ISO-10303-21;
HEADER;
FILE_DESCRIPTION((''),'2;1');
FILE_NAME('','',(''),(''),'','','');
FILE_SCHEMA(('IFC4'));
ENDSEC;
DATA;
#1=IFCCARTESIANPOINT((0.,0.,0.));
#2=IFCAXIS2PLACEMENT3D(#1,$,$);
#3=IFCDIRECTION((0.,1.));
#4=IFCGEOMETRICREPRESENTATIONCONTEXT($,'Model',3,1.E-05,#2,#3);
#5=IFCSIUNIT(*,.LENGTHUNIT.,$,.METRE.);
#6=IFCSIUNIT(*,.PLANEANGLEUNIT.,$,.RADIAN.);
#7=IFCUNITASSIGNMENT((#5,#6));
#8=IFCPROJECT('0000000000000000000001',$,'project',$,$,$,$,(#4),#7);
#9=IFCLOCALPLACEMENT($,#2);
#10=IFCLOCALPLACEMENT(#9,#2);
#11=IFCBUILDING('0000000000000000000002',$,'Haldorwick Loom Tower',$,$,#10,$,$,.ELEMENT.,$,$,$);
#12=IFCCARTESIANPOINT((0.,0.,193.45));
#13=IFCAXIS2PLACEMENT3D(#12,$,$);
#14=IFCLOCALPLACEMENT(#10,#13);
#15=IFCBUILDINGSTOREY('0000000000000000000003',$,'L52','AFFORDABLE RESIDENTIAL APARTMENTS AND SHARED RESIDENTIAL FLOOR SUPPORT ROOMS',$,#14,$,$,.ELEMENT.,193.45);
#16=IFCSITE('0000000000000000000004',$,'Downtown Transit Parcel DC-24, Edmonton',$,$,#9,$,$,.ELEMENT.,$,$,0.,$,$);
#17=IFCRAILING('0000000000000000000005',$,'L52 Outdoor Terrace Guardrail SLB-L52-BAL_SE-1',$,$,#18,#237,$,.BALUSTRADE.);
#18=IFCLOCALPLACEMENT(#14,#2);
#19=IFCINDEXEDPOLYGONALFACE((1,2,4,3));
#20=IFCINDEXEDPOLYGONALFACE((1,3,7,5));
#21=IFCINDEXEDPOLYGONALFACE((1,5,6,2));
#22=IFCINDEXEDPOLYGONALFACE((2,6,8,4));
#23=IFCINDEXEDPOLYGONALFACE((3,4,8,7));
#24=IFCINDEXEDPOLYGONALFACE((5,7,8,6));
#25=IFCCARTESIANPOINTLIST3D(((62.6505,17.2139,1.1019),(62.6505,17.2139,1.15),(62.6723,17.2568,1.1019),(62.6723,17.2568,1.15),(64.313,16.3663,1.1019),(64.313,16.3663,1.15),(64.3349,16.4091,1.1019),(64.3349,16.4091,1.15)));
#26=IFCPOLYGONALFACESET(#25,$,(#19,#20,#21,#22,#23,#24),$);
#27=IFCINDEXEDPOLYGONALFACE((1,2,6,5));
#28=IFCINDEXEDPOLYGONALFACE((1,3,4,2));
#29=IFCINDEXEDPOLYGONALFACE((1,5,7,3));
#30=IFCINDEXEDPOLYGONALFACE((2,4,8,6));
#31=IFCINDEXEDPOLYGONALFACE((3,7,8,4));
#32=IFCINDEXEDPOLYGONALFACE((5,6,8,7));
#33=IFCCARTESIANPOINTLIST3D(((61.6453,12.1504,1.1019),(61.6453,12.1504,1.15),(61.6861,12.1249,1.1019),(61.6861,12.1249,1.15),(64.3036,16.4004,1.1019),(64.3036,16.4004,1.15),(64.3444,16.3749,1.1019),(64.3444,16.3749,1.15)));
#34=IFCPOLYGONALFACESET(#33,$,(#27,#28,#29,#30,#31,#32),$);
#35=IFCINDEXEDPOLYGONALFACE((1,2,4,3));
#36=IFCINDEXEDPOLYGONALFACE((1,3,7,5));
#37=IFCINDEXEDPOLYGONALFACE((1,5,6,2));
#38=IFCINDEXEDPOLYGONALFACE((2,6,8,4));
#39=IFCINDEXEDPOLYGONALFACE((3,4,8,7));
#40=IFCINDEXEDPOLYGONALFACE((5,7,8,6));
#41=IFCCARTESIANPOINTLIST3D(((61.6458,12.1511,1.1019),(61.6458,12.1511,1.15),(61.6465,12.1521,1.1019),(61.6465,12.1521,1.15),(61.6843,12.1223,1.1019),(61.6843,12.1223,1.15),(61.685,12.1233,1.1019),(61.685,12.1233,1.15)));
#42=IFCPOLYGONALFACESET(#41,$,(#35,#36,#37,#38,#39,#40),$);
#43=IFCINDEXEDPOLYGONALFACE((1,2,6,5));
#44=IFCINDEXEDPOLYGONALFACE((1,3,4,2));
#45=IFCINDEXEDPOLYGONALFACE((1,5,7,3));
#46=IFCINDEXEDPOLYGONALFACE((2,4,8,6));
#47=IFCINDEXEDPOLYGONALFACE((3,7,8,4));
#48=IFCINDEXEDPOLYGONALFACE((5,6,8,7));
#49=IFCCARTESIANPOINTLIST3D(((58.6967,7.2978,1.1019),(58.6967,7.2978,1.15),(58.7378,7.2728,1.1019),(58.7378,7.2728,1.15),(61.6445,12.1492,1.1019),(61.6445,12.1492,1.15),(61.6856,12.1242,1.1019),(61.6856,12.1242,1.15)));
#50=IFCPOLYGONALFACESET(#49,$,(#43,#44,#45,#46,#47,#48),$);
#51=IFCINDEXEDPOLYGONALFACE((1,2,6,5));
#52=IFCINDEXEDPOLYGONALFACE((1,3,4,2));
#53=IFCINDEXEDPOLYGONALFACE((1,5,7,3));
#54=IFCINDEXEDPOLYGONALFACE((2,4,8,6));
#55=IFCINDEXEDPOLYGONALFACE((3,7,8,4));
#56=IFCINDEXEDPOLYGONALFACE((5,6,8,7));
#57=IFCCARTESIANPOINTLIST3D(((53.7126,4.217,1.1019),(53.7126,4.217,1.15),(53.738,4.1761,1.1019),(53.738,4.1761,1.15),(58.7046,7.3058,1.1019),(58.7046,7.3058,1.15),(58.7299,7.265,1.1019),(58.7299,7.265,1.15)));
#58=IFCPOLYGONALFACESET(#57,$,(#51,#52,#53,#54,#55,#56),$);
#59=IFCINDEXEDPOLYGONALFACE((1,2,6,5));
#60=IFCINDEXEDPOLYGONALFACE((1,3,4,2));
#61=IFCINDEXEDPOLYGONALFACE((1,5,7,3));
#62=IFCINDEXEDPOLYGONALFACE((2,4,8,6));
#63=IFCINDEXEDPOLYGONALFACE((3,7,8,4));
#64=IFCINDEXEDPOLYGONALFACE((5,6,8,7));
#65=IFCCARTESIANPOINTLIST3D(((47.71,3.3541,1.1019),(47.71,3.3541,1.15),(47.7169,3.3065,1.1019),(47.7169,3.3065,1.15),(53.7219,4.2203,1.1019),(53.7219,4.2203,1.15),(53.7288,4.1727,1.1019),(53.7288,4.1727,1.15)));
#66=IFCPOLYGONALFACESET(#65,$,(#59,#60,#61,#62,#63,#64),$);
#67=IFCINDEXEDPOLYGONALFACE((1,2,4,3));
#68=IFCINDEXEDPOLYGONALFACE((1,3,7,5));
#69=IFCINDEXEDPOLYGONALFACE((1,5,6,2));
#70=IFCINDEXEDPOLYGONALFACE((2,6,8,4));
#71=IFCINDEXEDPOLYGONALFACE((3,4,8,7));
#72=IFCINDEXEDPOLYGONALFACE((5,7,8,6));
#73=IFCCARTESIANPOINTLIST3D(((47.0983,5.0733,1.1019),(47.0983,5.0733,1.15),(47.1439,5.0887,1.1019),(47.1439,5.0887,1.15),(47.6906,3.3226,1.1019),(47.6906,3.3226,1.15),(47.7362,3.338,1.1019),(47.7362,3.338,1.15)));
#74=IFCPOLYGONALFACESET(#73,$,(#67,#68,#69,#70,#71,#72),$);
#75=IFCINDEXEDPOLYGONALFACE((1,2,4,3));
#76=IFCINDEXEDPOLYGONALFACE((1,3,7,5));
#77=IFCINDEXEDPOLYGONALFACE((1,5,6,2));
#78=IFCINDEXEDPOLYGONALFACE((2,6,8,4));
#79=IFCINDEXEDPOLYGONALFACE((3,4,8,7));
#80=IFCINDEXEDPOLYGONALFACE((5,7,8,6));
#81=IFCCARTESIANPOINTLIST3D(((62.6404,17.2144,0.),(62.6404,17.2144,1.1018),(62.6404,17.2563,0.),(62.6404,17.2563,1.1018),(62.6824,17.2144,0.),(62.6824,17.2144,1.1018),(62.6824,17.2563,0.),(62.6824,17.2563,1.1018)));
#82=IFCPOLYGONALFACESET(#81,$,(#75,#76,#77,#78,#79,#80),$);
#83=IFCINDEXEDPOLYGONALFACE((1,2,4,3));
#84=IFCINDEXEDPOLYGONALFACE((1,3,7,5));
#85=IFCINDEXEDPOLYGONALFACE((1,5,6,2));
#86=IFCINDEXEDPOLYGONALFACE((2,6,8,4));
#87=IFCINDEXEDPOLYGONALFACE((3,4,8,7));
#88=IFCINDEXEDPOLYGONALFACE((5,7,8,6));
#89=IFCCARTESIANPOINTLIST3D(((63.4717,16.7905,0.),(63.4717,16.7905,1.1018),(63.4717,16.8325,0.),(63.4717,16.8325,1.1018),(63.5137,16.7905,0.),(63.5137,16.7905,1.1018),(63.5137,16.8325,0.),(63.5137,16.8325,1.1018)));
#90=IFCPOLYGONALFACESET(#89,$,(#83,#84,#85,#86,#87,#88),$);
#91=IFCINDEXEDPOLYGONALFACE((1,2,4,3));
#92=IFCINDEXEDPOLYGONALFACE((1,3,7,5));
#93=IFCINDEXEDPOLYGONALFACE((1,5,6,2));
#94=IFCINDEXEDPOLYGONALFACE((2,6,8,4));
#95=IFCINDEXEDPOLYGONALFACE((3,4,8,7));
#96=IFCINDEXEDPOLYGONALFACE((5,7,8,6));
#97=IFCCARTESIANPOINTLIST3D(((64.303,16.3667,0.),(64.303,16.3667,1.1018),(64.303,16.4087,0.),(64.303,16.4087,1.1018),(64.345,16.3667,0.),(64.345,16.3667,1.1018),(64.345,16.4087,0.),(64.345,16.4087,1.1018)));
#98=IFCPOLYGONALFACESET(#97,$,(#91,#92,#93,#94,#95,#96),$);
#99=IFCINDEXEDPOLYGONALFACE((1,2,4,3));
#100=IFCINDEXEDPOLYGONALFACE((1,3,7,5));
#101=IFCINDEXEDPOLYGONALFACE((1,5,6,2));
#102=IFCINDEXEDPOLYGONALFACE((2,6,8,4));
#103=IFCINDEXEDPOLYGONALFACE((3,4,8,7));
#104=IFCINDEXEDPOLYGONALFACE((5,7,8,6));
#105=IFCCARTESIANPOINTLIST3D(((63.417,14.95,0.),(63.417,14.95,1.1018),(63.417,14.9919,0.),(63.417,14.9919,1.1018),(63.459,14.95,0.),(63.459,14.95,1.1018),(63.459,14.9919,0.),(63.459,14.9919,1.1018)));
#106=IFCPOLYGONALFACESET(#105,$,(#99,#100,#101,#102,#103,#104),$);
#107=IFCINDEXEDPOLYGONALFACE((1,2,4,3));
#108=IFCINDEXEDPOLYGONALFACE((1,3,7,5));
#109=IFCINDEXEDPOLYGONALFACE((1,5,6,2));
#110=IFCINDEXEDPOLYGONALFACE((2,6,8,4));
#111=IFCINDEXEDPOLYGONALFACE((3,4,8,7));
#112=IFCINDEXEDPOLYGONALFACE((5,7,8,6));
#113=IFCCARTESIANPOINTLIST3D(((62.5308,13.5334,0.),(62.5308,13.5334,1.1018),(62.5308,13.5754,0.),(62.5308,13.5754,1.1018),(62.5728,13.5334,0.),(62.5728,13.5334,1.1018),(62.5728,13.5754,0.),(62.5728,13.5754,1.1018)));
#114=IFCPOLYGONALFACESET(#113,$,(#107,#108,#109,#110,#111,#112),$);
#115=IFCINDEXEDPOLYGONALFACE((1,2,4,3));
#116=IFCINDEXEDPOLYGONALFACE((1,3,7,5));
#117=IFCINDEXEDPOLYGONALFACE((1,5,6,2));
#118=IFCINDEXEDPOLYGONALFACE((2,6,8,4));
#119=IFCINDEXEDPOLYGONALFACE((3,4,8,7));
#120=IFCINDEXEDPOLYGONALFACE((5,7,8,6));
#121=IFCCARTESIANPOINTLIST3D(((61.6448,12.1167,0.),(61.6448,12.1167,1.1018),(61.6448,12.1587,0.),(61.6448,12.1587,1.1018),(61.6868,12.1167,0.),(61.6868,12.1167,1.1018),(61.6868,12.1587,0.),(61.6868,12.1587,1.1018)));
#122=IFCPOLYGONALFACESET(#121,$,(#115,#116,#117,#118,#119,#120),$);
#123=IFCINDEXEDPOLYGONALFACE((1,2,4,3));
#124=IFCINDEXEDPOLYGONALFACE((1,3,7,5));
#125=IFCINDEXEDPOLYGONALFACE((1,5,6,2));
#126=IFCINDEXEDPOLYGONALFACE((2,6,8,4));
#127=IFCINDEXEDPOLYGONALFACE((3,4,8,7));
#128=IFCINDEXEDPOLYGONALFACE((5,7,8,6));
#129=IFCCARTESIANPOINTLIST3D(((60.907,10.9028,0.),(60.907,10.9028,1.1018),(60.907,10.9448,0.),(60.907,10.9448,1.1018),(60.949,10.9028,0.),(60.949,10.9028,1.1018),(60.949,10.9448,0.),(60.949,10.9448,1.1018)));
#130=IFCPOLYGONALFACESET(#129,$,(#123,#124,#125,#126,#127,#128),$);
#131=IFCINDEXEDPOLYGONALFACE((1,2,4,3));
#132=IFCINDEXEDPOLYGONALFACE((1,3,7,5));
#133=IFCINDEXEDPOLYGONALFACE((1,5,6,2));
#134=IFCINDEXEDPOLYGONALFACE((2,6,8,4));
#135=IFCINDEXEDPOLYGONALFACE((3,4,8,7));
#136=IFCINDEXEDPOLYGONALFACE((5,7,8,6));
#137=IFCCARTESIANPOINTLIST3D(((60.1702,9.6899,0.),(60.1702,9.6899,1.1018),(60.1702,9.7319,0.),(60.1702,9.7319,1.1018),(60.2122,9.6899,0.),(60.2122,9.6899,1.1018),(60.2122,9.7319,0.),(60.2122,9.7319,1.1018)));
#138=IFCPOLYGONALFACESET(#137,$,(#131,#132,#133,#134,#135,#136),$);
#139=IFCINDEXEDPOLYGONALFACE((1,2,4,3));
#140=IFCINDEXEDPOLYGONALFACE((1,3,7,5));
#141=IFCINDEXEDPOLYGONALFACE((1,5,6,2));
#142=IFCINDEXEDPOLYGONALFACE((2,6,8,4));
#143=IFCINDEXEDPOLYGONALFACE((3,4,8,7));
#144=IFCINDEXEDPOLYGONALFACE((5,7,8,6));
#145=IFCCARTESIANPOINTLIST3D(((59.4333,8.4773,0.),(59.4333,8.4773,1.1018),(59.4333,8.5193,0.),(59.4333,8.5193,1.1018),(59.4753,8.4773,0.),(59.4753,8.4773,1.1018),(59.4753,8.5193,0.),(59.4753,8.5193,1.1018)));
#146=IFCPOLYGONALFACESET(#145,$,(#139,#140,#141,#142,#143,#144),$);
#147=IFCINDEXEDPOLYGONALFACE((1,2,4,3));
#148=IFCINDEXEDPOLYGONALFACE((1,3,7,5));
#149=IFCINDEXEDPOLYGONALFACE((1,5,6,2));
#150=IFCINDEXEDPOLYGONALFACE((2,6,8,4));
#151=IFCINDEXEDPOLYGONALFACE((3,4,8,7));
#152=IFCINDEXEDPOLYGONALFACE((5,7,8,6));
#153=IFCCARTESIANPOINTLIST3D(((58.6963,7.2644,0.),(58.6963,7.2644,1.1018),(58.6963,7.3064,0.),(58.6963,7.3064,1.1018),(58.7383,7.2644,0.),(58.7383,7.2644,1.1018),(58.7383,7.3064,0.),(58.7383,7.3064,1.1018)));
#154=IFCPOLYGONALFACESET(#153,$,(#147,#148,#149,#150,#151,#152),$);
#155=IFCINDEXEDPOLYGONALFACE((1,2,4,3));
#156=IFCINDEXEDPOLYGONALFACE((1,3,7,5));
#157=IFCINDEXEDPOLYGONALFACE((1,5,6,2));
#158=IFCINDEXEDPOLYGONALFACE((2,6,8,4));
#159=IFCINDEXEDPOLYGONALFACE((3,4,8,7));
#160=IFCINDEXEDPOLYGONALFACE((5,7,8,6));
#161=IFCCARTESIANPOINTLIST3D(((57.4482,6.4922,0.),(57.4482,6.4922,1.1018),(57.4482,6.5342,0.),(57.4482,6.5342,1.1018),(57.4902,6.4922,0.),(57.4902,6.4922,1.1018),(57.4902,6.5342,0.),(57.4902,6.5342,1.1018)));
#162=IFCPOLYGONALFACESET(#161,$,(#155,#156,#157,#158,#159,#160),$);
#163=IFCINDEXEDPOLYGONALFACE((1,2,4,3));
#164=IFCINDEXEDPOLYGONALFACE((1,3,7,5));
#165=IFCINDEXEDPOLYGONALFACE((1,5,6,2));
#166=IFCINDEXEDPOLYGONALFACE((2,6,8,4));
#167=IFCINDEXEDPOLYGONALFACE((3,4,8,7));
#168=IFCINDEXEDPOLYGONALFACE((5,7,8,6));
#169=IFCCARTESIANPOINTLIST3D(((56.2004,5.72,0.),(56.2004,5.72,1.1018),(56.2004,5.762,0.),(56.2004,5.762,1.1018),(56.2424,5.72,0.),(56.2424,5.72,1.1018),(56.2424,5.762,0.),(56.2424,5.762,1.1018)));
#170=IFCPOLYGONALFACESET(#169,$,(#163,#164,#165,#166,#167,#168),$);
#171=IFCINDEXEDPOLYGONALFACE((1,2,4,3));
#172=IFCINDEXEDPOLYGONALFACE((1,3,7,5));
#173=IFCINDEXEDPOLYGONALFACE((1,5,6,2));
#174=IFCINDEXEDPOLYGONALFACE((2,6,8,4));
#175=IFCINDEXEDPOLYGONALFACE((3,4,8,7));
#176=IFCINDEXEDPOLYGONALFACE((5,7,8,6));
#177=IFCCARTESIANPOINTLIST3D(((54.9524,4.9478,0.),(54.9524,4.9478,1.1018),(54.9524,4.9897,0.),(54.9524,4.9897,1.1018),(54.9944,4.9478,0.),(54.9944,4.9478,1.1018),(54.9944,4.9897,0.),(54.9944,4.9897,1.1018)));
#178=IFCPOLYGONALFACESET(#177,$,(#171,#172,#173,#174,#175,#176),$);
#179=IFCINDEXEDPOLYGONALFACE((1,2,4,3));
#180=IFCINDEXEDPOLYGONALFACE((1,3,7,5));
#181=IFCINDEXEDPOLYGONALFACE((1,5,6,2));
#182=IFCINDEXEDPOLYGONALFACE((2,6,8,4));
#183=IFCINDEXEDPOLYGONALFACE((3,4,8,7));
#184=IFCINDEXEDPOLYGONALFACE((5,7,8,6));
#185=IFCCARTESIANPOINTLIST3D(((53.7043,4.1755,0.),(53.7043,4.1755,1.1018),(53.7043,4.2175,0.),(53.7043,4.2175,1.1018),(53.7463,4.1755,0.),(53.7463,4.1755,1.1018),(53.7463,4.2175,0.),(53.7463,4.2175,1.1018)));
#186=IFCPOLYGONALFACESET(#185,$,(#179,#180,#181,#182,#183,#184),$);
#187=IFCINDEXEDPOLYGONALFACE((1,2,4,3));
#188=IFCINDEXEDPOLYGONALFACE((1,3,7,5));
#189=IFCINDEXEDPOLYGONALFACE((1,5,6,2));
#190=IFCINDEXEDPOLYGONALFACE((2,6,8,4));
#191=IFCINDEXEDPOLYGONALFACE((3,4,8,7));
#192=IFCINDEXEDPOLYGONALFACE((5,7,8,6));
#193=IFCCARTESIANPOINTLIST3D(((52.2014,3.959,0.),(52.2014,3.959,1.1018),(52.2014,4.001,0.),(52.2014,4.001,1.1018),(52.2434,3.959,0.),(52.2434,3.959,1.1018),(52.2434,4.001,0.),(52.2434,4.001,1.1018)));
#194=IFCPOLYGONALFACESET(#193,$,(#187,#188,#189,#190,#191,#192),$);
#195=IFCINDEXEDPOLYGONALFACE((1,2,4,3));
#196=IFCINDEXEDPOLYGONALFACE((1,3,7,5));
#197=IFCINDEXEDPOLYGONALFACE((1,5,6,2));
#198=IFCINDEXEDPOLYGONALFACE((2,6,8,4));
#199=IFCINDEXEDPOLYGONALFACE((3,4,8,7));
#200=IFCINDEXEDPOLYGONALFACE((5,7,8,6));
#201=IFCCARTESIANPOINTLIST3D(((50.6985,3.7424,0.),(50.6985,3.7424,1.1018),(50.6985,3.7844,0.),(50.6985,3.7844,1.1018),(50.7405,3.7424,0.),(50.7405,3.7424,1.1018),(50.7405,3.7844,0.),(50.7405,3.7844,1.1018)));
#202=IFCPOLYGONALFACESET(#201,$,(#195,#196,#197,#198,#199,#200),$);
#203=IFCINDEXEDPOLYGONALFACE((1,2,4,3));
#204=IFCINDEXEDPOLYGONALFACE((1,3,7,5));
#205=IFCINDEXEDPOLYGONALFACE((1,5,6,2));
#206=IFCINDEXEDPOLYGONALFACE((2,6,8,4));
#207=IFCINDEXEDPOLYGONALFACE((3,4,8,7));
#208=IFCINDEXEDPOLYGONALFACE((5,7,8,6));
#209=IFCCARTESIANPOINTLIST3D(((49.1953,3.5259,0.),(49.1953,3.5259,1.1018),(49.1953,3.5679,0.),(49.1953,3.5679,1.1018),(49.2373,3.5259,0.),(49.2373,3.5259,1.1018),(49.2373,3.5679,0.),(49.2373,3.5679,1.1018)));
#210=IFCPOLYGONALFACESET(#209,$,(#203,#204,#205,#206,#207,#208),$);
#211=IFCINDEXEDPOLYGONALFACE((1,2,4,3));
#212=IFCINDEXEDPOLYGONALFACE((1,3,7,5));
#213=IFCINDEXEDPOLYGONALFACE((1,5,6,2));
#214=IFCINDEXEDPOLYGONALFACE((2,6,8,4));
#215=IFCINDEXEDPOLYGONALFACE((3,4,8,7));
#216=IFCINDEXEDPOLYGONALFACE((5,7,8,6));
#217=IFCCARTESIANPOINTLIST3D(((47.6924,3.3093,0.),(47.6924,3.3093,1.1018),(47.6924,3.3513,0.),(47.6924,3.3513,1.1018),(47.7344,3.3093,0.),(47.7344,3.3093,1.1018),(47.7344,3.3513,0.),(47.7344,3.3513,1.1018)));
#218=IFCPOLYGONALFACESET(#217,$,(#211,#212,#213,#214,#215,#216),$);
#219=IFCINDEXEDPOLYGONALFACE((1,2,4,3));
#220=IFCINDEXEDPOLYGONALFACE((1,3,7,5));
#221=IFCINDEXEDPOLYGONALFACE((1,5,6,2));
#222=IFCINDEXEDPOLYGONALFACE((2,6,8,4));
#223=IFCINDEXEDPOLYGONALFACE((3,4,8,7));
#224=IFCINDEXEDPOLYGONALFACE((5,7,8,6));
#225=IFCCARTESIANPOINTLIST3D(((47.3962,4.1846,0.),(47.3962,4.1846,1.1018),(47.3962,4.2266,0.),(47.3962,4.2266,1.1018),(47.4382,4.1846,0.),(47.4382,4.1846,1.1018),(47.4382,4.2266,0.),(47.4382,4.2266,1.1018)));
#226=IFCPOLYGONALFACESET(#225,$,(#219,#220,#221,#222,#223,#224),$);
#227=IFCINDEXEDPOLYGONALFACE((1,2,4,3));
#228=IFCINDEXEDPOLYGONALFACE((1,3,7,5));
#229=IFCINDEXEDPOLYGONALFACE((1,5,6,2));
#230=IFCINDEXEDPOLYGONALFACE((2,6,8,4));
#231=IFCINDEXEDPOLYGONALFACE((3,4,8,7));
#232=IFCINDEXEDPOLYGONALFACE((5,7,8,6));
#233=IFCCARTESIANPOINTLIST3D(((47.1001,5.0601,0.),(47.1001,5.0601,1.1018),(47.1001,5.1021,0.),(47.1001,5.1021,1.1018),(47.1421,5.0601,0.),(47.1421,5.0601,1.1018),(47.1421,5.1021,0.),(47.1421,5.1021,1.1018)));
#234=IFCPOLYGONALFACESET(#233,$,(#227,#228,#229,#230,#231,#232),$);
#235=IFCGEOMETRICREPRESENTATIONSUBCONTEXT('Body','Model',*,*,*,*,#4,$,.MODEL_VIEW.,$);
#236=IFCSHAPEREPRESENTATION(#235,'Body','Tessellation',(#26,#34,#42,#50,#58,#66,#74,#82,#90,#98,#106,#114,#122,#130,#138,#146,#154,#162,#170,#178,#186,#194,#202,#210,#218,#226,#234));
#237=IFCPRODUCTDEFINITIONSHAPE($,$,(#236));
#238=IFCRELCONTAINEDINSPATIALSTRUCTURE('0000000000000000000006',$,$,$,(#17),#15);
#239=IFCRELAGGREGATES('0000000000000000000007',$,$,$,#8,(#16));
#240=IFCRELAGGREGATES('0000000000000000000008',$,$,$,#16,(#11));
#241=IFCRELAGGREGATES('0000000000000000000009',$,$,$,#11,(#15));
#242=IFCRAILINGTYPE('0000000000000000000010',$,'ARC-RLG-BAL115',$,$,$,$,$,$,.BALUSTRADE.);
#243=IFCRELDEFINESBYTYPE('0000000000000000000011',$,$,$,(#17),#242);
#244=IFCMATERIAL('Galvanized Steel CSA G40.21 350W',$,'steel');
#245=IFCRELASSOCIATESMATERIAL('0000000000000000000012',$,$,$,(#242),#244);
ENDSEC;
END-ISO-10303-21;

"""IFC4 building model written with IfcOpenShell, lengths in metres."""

from ifc_helpers import new_model, si_unit, direction, frame, origin, origin_2d, place, context, subcontext, project, spatial, rectangle, extrude, material, type_object, element, save


model = new_model("IFC4")

# Units and contexts
model_context = context("Model", 3, precision=1e-05, world=origin(), true_north=direction((0.0, 1.0)))
body_context = subcontext(model_context, "Body", "Model", "MODEL_VIEW")
ifc_project = project(units=[si_unit("LENGTHUNIT", "METRE"), si_unit("PLANEANGLEUNIT", "RADIAN")], contexts=[model_context])

# Site, building, storey
site_placement = place(None, origin())
site = spatial("IfcSite", under=ifc_project, at=site_placement, Name="Downtown Transit Parcel DC-24, Edmonton", CompositionType="ELEMENT", RefElevation=0.0)
building_placement = place(site_placement, origin())
building = spatial("IfcBuilding", under=site, at=building_placement, Name="Haldorwick Loom Tower", CompositionType="ELEMENT")
storey_placement = place(building_placement, frame((0.0, 0.0, 193.45)))
storey = spatial("IfcBuildingStorey", under=building, at=storey_placement, Name="L52", Description="AFFORDABLE RESIDENTIAL APARTMENTS AND SHARED RESIDENTIAL FLOOR SUPPORT ROOMS", CompositionType="ELEMENT", Elevation=193.45)

# Railing
ifc_material_1 = material(Name="Galvanized Steel CSA G40.21 350W", Category="steel")
railing_type = type_object("IfcRailingType", Name="ARC-RLG-BAL115", PredefinedType="BALUSTRADE", material=ifc_material_1)
railing_placement = place(storey_placement, frame((62.6614, 17.2354, 0.0)))
element("IfcRailing", 1, at=railing_placement, inside=storey, type_object=railing_type, Name="L52 Outdoor Terrace Guardrail SLB-L52-BAL_SE-1", PredefinedType="BALUSTRADE", context=body_context, shape_type="SweptSolid", body=[
    extrude(rectangle(XDim=0.0481, YDim=0.0481, at=origin_2d()), frame((0.0, 0.0, 1.126), z_axis=(0.890894, -0.454212, 0.0), x_axis=(0.454212, 0.890894, 0.0)), (0.0, 0.0, 1.0), 1.8662),
    extrude(rectangle(XDim=0.0481, YDim=0.0481, at=origin_2d()), frame((1.6626, -0.8477, 1.126), z_axis=(-0.530279, -0.847823, 0.0), x_axis=(0.847823, -0.530279, 0.0)), (0.0, 0.0, 1.0), 5.0129),
    extrude(rectangle(XDim=0.0481, YDim=0.0481, at=origin_2d()), frame((-0.9956, -5.0977, 1.126), z_axis=(-0.6, -0.8, 0.0), x_axis=(0.8, -0.6, 0.0)), (0.0, 0.0, 1.0), 0.0012),
    extrude(rectangle(XDim=0.0481, YDim=0.0481, at=origin_2d()), frame((-0.9963, -5.0986, 1.126), z_axis=(-0.519276, -0.854607, 0.0), x_axis=(0.854607, -0.519276, 0.0)), (0.0, 0.0, 1.0), 5.6768),
    extrude(rectangle(XDim=0.0481, YDim=0.0481, at=origin_2d()), frame((-3.9441, -9.95, 1.126), z_axis=(-0.850371, -0.526184, 0.0), x_axis=(0.526184, -0.850371, 0.0)), (0.0, 0.0, 1.0), 5.8704),
    extrude(rectangle(XDim=0.0481, YDim=0.0481, at=origin_2d()), frame((-8.936, -13.0388, 1.126), z_axis=(-0.989779, -0.142609, 0.0), x_axis=(0.142609, -0.989779, 0.0)), (0.0, 0.0, 1.0), 6.074),
    extrude(rectangle(XDim=0.0481, YDim=0.0481, at=origin_2d()), frame((-14.948, -13.905, 1.126), z_axis=(-0.320465, 0.94726, 0.0), x_axis=(-0.94726, -0.320465, 0.0)), (0.0, 0.0, 1.0), 1.8481),
    extrude(rectangle(XDim=0.042, YDim=0.042, at=origin_2d()), origin(), (0.0, 0.0, 1.0), 1.1018),
    extrude(rectangle(XDim=0.042, YDim=0.042, at=origin_2d()), frame((0.8313, -0.4238, 0.0)), (0.0, 0.0, 1.0), 1.1018),
    extrude(rectangle(XDim=0.042, YDim=0.042, at=origin_2d()), frame((1.6626, -0.8477, 0.0)), (0.0, 0.0, 1.0), 1.1018),
    extrude(rectangle(XDim=0.042, YDim=0.042, at=origin_2d()), frame((0.7766, -2.2644, 0.0)), (0.0, 0.0, 1.0), 1.1018),
    extrude(rectangle(XDim=0.042, YDim=0.042, at=origin_2d()), frame((-0.1096, -3.6809, 0.0)), (0.0, 0.0, 1.0), 1.1018),
    extrude(rectangle(XDim=0.042, YDim=0.042, at=origin_2d()), frame((-0.9956, -5.0977, 0.0)), (0.0, 0.0, 1.0), 1.1018),
    extrude(rectangle(XDim=0.042, YDim=0.042, at=origin_2d()), frame((-1.7334, -6.3115, 0.0)), (0.0, 0.0, 1.0), 1.1018),
    extrude(rectangle(XDim=0.042, YDim=0.042, at=origin_2d()), frame((-2.4702, -7.5244, 0.0)), (0.0, 0.0, 1.0), 1.1018),
    extrude(rectangle(XDim=0.042, YDim=0.042, at=origin_2d()), frame((-3.207, -8.7371, 0.0)), (0.0, 0.0, 1.0), 1.1018),
    extrude(rectangle(XDim=0.042, YDim=0.042, at=origin_2d()), frame((-3.9441, -9.95, 0.0)), (0.0, 0.0, 1.0), 1.1018),
    extrude(rectangle(XDim=0.042, YDim=0.042, at=origin_2d()), frame((-5.1921, -10.7222, 0.0)), (0.0, 0.0, 1.0), 1.1018),
    extrude(rectangle(XDim=0.042, YDim=0.042, at=origin_2d()), frame((-6.4399, -11.4944, 0.0)), (0.0, 0.0, 1.0), 1.1018),
    extrude(rectangle(XDim=0.042, YDim=0.042, at=origin_2d()), frame((-7.688, -12.2666, 0.0)), (0.0, 0.0, 1.0), 1.1018),
    extrude(rectangle(XDim=0.042, YDim=0.042, at=origin_2d()), frame((-8.936, -13.0388, 0.0)), (0.0, 0.0, 1.0), 1.1018),
    extrude(rectangle(XDim=0.042, YDim=0.042, at=origin_2d()), frame((-10.439, -13.2554, 0.0)), (0.0, 0.0, 1.0), 1.1018),
    extrude(rectangle(XDim=0.042, YDim=0.042, at=origin_2d()), frame((-11.9419, -13.4719, 0.0)), (0.0, 0.0, 1.0), 1.1018),
    extrude(rectangle(XDim=0.042, YDim=0.042, at=origin_2d()), frame((-13.4451, -13.6885, 0.0)), (0.0, 0.0, 1.0), 1.1018),
    extrude(rectangle(XDim=0.042, YDim=0.042, at=origin_2d()), frame((-14.948, -13.905, 0.0)), (0.0, 0.0, 1.0), 1.1018),
    extrude(rectangle(XDim=0.042, YDim=0.042, at=origin_2d()), frame((-15.2441, -13.0298, 0.0)), (0.0, 0.0, 1.0), 1.1018),
    extrude(rectangle(XDim=0.042, YDim=0.042, at=origin_2d()), frame((-15.5403, -12.1543, 0.0)), (0.0, 0.0, 1.0), 1.1018),
])

save(model, "model.ifc")
